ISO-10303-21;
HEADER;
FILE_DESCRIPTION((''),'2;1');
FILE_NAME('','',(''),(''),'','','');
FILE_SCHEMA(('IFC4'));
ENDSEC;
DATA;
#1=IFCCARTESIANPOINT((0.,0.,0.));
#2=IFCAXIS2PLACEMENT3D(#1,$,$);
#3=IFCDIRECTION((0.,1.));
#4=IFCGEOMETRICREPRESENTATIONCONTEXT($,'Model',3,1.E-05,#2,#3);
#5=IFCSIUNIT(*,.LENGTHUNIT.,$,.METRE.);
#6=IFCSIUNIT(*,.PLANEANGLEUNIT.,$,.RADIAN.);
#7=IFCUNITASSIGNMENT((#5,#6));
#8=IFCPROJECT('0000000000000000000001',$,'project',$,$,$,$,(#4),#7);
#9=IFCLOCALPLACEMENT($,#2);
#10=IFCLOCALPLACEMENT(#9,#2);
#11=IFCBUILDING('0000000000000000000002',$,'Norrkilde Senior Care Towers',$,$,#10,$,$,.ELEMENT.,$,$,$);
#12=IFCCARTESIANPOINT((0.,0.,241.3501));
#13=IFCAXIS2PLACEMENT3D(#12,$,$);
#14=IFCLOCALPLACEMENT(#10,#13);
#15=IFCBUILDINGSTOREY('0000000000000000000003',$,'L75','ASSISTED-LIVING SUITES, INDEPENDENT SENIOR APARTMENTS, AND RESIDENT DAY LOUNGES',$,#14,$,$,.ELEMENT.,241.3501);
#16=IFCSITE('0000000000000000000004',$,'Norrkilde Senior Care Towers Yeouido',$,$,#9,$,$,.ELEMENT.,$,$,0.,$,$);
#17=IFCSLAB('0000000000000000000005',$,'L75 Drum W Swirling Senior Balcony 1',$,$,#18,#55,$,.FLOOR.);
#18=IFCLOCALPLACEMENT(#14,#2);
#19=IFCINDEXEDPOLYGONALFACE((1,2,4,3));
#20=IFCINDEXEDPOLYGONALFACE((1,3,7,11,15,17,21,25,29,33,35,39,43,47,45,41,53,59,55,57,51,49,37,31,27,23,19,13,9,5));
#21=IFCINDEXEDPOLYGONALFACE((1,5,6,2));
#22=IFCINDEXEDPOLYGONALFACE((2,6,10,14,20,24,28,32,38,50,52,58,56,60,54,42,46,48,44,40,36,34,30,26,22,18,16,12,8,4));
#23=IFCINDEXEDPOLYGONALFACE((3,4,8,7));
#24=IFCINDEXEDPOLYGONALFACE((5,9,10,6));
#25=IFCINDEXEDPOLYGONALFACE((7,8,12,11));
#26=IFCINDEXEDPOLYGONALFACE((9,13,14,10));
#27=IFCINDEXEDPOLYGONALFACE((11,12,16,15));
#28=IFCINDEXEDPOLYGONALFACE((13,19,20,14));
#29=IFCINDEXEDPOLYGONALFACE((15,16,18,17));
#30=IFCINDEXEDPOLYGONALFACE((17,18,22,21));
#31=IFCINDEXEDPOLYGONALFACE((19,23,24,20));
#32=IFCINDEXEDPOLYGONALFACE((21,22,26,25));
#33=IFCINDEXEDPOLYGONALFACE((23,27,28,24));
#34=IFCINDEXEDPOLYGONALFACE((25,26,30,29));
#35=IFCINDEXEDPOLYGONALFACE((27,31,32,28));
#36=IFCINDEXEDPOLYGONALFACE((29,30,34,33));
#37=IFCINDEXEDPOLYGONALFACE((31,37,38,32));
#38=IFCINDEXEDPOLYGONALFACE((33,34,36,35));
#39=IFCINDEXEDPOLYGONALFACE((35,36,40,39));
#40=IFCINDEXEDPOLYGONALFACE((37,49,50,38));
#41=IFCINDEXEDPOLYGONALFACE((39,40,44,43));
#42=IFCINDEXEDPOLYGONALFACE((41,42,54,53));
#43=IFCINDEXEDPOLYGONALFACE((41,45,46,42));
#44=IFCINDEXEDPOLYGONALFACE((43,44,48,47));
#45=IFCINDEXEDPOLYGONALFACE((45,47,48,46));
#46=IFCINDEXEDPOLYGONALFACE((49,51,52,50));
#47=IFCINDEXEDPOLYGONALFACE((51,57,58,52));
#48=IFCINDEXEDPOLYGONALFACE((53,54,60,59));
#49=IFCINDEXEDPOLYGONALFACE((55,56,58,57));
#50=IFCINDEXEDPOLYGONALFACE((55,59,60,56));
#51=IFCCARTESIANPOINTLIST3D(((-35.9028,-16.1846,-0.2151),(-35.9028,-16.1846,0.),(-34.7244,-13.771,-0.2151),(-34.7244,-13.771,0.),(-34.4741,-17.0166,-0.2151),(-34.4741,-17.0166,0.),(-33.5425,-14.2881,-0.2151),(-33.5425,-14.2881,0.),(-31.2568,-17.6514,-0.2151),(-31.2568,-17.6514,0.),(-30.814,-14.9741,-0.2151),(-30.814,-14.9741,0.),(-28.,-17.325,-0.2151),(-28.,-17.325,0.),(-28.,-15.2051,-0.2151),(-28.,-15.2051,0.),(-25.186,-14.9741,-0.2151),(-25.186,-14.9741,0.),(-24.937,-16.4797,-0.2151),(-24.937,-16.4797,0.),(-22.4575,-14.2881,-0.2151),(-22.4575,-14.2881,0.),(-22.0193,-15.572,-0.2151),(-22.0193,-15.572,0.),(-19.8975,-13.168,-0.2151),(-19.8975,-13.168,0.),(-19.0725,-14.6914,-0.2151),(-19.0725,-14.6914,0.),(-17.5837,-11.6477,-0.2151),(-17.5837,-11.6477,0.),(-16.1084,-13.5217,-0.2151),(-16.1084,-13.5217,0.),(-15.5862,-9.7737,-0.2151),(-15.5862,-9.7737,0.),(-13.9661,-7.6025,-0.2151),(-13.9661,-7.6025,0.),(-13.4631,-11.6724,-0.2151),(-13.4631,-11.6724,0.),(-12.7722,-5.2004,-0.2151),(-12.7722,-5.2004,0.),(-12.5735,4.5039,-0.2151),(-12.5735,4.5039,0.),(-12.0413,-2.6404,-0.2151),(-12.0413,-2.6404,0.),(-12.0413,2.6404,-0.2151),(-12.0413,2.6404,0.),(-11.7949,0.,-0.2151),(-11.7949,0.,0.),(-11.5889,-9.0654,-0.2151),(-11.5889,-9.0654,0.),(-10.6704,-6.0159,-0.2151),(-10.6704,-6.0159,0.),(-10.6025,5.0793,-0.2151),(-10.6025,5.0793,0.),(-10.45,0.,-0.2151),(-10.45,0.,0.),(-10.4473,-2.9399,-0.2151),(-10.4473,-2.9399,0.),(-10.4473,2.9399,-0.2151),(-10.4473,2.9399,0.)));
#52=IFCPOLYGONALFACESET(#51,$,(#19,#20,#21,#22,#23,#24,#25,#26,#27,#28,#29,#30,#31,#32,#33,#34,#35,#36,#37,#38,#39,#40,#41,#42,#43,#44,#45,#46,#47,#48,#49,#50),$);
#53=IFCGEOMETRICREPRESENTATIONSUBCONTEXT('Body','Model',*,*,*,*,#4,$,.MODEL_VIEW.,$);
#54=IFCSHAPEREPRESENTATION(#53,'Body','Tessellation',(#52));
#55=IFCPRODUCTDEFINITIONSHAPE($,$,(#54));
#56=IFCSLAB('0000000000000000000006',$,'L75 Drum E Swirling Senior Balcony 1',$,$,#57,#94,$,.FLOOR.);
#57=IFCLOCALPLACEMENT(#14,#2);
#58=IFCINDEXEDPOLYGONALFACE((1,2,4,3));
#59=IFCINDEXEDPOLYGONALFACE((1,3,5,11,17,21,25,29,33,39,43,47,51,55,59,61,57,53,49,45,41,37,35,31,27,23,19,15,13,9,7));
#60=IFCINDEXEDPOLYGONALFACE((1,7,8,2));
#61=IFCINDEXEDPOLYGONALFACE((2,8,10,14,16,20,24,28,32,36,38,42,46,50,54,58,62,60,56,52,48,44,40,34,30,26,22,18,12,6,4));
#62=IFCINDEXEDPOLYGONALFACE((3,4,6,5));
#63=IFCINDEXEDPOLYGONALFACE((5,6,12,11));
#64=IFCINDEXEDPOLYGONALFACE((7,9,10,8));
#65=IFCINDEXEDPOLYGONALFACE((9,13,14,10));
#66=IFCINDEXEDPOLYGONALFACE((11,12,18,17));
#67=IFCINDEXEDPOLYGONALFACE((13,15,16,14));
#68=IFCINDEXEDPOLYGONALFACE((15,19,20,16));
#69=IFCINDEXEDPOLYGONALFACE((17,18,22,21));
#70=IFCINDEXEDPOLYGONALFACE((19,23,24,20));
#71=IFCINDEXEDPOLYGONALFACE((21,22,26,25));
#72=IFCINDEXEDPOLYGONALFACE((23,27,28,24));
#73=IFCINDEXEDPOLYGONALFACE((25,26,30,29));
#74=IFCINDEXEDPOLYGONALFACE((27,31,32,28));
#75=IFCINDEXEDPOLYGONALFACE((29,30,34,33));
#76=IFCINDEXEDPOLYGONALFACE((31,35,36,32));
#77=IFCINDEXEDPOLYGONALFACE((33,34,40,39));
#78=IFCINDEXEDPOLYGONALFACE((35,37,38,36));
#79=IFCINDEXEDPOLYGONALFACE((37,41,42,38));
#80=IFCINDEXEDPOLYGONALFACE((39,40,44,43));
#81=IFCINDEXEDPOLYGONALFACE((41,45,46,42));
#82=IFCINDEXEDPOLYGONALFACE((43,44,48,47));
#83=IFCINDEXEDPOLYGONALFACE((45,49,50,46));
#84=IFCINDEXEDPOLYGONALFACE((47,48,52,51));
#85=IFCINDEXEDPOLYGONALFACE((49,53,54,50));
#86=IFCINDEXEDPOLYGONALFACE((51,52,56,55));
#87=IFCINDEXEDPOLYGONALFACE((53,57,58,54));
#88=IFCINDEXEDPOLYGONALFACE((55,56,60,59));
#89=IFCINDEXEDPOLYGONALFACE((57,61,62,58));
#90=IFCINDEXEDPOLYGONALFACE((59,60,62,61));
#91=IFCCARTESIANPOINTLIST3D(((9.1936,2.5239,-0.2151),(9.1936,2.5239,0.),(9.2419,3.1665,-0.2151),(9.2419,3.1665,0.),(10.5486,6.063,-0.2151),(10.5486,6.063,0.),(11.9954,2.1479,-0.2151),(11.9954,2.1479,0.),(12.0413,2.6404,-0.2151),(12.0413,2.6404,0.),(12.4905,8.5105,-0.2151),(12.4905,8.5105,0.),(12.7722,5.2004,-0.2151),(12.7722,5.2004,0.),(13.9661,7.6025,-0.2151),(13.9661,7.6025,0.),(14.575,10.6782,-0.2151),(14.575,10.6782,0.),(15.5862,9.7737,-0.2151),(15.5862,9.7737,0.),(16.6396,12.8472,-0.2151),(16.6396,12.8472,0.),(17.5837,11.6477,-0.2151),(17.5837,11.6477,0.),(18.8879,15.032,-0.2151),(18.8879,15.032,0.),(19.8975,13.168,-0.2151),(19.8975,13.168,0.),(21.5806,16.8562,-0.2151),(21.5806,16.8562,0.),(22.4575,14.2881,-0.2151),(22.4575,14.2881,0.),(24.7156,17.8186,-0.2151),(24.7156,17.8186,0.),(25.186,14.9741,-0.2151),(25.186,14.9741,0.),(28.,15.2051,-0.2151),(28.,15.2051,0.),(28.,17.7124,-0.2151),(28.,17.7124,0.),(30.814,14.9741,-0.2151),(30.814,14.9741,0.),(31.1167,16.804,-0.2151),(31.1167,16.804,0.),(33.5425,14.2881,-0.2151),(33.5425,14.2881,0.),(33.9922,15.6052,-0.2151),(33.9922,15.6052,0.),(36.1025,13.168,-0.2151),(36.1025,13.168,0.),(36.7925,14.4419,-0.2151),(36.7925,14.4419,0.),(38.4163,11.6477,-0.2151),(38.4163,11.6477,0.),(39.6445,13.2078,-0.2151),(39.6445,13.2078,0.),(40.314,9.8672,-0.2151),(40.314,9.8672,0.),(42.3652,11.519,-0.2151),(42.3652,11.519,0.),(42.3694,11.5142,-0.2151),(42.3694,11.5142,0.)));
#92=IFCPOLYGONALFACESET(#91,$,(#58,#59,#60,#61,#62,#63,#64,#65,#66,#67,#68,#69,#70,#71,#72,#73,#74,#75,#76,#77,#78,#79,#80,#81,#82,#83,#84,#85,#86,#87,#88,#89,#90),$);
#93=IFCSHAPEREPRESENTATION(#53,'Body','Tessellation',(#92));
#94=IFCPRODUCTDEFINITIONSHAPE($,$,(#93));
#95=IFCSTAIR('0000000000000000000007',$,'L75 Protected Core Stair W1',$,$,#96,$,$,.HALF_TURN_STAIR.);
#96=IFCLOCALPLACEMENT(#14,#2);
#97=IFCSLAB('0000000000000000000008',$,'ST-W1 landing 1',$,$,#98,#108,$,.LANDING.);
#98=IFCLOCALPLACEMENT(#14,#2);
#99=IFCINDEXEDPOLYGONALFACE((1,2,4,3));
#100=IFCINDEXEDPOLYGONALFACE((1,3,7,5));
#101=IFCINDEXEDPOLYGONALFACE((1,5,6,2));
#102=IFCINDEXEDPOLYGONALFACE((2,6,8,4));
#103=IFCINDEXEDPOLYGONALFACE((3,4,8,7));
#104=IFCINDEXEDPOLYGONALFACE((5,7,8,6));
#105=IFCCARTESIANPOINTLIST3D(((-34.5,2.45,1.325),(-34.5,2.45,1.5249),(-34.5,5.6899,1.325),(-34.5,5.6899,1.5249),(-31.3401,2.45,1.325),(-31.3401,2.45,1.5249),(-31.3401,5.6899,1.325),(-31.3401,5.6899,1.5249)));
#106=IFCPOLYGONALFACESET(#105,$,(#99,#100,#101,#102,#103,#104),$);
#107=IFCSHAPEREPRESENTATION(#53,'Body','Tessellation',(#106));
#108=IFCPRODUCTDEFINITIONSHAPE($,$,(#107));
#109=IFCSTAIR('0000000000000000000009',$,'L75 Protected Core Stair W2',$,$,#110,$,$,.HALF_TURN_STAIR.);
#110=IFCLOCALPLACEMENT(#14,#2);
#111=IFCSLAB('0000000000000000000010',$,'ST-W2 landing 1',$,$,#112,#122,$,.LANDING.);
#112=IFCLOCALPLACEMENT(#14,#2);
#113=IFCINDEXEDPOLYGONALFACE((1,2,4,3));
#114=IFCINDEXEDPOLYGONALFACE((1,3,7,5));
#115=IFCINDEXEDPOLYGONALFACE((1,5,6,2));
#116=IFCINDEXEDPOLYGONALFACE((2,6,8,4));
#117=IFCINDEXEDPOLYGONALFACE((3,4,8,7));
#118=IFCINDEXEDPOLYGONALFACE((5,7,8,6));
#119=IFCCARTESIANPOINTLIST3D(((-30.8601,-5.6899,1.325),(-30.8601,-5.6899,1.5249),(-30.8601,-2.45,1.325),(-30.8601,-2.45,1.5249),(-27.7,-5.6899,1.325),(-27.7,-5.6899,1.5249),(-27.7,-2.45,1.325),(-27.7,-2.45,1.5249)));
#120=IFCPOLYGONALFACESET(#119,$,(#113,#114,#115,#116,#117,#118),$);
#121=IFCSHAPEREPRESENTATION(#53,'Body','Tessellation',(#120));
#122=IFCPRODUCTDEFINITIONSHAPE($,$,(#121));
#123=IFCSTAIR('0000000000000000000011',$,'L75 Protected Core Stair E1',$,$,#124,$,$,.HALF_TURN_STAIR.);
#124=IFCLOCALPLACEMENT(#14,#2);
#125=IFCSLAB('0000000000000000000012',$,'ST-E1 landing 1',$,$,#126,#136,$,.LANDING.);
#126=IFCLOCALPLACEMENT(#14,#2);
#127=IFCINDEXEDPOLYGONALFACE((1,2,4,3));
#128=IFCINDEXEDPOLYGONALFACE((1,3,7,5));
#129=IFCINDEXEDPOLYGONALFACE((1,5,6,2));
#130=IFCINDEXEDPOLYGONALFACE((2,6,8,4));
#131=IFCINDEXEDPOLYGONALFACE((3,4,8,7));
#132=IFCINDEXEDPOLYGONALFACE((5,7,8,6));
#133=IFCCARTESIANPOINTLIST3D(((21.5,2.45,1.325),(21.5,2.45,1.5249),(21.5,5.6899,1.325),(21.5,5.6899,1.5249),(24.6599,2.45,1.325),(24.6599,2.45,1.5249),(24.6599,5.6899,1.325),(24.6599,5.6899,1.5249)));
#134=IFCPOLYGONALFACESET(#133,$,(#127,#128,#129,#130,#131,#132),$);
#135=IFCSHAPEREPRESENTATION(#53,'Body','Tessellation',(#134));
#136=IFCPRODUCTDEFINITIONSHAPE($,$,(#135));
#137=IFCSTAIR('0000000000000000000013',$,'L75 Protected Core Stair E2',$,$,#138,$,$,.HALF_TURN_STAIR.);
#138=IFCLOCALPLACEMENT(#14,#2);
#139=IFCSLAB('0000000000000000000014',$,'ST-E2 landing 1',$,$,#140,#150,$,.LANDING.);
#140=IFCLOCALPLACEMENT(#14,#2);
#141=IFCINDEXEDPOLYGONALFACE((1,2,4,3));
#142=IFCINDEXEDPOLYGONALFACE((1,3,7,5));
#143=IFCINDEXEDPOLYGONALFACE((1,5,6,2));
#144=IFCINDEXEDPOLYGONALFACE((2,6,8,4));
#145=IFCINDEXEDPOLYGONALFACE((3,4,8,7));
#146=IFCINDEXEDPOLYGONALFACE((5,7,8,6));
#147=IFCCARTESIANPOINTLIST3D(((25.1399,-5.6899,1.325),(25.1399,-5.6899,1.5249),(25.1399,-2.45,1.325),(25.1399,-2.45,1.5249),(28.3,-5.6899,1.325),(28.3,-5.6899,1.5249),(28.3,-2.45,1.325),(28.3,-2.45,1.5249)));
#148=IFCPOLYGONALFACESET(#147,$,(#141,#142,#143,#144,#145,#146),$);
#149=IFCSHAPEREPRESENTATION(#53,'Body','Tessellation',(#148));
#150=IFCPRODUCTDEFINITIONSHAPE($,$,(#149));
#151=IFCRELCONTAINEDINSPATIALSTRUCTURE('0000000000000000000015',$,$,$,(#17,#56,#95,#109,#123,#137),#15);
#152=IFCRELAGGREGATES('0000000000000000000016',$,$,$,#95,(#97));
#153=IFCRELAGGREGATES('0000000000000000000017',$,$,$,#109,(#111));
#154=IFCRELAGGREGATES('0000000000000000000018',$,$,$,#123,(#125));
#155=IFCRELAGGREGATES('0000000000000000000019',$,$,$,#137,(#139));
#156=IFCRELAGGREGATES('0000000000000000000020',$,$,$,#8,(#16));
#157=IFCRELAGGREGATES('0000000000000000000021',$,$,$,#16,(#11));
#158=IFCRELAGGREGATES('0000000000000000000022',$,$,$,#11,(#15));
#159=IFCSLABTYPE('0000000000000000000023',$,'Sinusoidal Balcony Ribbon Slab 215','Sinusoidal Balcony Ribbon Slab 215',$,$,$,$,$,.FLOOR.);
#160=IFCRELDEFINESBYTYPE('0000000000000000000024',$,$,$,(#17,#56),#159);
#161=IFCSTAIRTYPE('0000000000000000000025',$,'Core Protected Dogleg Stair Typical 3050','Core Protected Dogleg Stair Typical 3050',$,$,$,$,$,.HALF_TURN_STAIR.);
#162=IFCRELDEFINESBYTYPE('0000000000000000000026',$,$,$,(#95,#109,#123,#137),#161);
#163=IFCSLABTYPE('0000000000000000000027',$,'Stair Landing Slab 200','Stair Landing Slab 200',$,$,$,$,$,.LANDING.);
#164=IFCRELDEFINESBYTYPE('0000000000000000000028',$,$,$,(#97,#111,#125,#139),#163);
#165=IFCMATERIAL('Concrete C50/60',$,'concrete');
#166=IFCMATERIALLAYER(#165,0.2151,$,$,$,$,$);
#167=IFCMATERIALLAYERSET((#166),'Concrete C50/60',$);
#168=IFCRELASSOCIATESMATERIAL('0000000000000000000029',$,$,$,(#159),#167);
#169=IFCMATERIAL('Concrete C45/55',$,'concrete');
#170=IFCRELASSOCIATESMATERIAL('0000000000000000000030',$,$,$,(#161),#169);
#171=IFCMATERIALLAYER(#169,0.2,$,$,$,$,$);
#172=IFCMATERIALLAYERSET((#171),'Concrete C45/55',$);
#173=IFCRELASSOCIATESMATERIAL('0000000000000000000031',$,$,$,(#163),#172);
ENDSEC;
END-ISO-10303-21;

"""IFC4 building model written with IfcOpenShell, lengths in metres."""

from ifc_helpers import new_model, si_unit, direction, frame, origin, place, context, subcontext, project, spatial, polyline, outline, extrude, material, layer, layer_set, type_object, element, aggregate, save


model = new_model("IFC4")

# Units and contexts
model_context = context("Model", 3, precision=1e-05, world=origin(), true_north=direction((0.0, 1.0)))
body_context = subcontext(model_context, "Body", "Model", "MODEL_VIEW")
ifc_project = project(units=[si_unit("LENGTHUNIT", "METRE"), si_unit("PLANEANGLEUNIT", "RADIAN")], contexts=[model_context])

# Site, building, storey
site_placement = place(None, origin())
site = spatial("IfcSite", under=ifc_project, at=site_placement, Name="Norrkilde Senior Care Towers Yeouido", CompositionType="ELEMENT", RefElevation=0.0)
building_placement = place(site_placement, origin())
building = spatial("IfcBuilding", under=site, at=building_placement, Name="Norrkilde Senior Care Towers", CompositionType="ELEMENT")
storey_placement = place(building_placement, frame((0.0, 0.0, 241.3501)))
storey = spatial("IfcBuildingStorey", under=building, at=storey_placement, Name="L75", Description="ASSISTED-LIVING SUITES, INDEPENDENT SENIOR APARTMENTS, AND RESIDENT DAY LOUNGES", CompositionType="ELEMENT", Elevation=241.3501)

# Shared definitions
ifc_material_1 = material(Name="Concrete C50/60", Category="concrete")

# Slabs
ifc_layer_1 = layer(ifc_material_1, 0.2151)
ifc_layer_set_1 = layer_set([ifc_layer_1], Name="Concrete C50/60")
slab_type_1 = type_object("IfcSlabType", Name="Sinusoidal Balcony Ribbon Slab 215", Description="Sinusoidal Balcony Ribbon Slab 215", PredefinedType="FLOOR", material=ifc_layer_set_1)
slab_1_placement = place(storey_placement, frame((0.0, 0.0, -0.2151)))
element("IfcSlab", 1, at=slab_1_placement, inside=storey, type_object=slab_type_1, Name="L75 Drum W Swirling Senior Balcony 1", PredefinedType="FLOOR", context=body_context, shape_type="SweptSolid", body=[
    extrude(outline(polyline([(-11.5889, -9.0654), (-13.4631, -11.6724), (-16.1084, -13.5217), (-19.0725, -14.6914), (-22.0193, -15.572), (-24.937, -16.4797), (-28.0, -17.325), (-31.2568, -17.6514), (-34.4741, -17.0166), (-35.9028, -16.1846), (-34.7244, -13.771), (-33.5425, -14.2881), (-30.814, -14.9741), (-28.0, -15.2051), (-25.186, -14.9741), (-22.4575, -14.2881), (-19.8975, -13.168), (-17.5837, -11.6477), (-15.5862, -9.7737), (-13.9661, -7.6025), (-12.7722, -5.2004), (-12.0413, -2.6404), (-11.7949, 0.0), (-12.0413, 2.6404), (-12.5735, 4.5039), (-10.6025, 5.0793), (-10.4473, 2.9399), (-10.45, 0.0), (-10.4473, -2.9399), (-10.6704, -6.0159), (-11.5889, -9.0654)])), origin(), (0.0, 0.0, 1.0), 0.2151),
])
slab_2_placement = place(storey_placement, frame((0.0, 0.0, -0.2151)))
element("IfcSlab", 2, at=slab_2_placement, inside=storey, type_object=slab_type_1, Name="L75 Drum E Swirling Senior Balcony 1", PredefinedType="FLOOR", context=body_context, shape_type="SweptSolid", body=[
    extrude(outline(polyline([(10.5486, 6.063), (12.4905, 8.5105), (14.575, 10.6782), (16.6396, 12.8472), (18.8879, 15.032), (21.5806, 16.8562), (24.7156, 17.8186), (28.0, 17.7124), (31.1167, 16.804), (33.9922, 15.6052), (36.7925, 14.4419), (39.6445, 13.2078), (42.3652, 11.519), (42.3694, 11.5142), (40.314, 9.8672), (38.4163, 11.6477), (36.1025, 13.168), (33.5425, 14.2881), (30.814, 14.9741), (28.0, 15.2051), (25.186, 14.9741), (22.4575, 14.2881), (19.8975, 13.168), (17.5837, 11.6477), (15.5862, 9.7737), (13.9661, 7.6025), (12.7722, 5.2004), (12.0413, 2.6404), (11.9954, 2.1479), (9.1936, 2.5239), (9.2419, 3.1665), (10.5486, 6.063)])), origin(), (0.0, 0.0, 1.0), 0.2151),
])

# Stairs, slabs
ifc_material_2 = material(Name="Concrete C45/55", Category="concrete")
stair_type = type_object("IfcStairType", Name="Core Protected Dogleg Stair Typical 3050", Description="Core Protected Dogleg Stair Typical 3050", PredefinedType="HALF_TURN_STAIR", material=ifc_material_2)
stair_1_placement = place(storey_placement, origin())
stair_1 = element("IfcStair", 3, at=stair_1_placement, inside=storey, type_object=stair_type, Name="L75 Protected Core Stair W1", PredefinedType="HALF_TURN_STAIR")
ifc_layer_2 = layer(ifc_material_2, 0.2)
ifc_layer_set_2 = layer_set([ifc_layer_2], Name="Concrete C45/55")
slab_type_2 = type_object("IfcSlabType", Name="Stair Landing Slab 200", Description="Stair Landing Slab 200", PredefinedType="LANDING", material=ifc_layer_set_2)
slab_3_placement = place(storey_placement, frame((0.0, 0.0, 1.325)))
slab_3 = element("IfcSlab", 4, at=slab_3_placement, type_object=slab_type_2, Name="ST-W1 landing 1", PredefinedType="LANDING", context=body_context, shape_type="SweptSolid", body=[
    extrude(outline(polyline([(-31.3401, 5.6899), (-34.5, 5.6899), (-34.5, 2.45), (-31.3401, 2.45), (-31.3401, 5.6899)])), origin(), (0.0, 0.0, 1.0), 0.2),
])
aggregate(stair_1, [slab_3])
stair_2_placement = place(storey_placement, origin())
stair_2 = element("IfcStair", 5, at=stair_2_placement, inside=storey, type_object=stair_type, Name="L75 Protected Core Stair W2", PredefinedType="HALF_TURN_STAIR")
slab_4_placement = place(storey_placement, frame((0.0, 0.0, 1.325)))
slab_4 = element("IfcSlab", 6, at=slab_4_placement, type_object=slab_type_2, Name="ST-W2 landing 1", PredefinedType="LANDING", context=body_context, shape_type="SweptSolid", body=[
    extrude(outline(polyline([(-30.8601, -5.6899), (-27.7, -5.6899), (-27.7, -2.45), (-30.8601, -2.45), (-30.8601, -5.6899)])), origin(), (0.0, 0.0, 1.0), 0.2),
])
aggregate(stair_2, [slab_4])
stair_3_placement = place(storey_placement, origin())
stair_3 = element("IfcStair", 7, at=stair_3_placement, inside=storey, type_object=stair_type, Name="L75 Protected Core Stair E1", PredefinedType="HALF_TURN_STAIR")
slab_5_placement = place(storey_placement, frame((0.0, 0.0, 1.325)))
slab_5 = element("IfcSlab", 8, at=slab_5_placement, type_object=slab_type_2, Name="ST-E1 landing 1", PredefinedType="LANDING", context=body_context, shape_type="SweptSolid", body=[
    extrude(outline(polyline([(24.6599, 5.6899), (21.5, 5.6899), (21.5, 2.45), (24.6599, 2.45), (24.6599, 5.6899)])), origin(), (0.0, 0.0, 1.0), 0.2),
])
aggregate(stair_3, [slab_5])
stair_4_placement = place(storey_placement, origin())
stair_4 = element("IfcStair", 9, at=stair_4_placement, inside=storey, type_object=stair_type, Name="L75 Protected Core Stair E2", PredefinedType="HALF_TURN_STAIR")
slab_6_placement = place(storey_placement, frame((0.0, 0.0, 1.325)))
slab_6 = element("IfcSlab", 10, at=slab_6_placement, type_object=slab_type_2, Name="ST-E2 landing 1", PredefinedType="LANDING", context=body_context, shape_type="SweptSolid", body=[
    extrude(outline(polyline([(25.1399, -5.6899), (28.3, -5.6899), (28.3, -2.45), (25.1399, -2.45), (25.1399, -5.6899)])), origin(), (0.0, 0.0, 1.0), 0.2),
])
aggregate(stair_4, [slab_6])

save(model, "model.ifc")
